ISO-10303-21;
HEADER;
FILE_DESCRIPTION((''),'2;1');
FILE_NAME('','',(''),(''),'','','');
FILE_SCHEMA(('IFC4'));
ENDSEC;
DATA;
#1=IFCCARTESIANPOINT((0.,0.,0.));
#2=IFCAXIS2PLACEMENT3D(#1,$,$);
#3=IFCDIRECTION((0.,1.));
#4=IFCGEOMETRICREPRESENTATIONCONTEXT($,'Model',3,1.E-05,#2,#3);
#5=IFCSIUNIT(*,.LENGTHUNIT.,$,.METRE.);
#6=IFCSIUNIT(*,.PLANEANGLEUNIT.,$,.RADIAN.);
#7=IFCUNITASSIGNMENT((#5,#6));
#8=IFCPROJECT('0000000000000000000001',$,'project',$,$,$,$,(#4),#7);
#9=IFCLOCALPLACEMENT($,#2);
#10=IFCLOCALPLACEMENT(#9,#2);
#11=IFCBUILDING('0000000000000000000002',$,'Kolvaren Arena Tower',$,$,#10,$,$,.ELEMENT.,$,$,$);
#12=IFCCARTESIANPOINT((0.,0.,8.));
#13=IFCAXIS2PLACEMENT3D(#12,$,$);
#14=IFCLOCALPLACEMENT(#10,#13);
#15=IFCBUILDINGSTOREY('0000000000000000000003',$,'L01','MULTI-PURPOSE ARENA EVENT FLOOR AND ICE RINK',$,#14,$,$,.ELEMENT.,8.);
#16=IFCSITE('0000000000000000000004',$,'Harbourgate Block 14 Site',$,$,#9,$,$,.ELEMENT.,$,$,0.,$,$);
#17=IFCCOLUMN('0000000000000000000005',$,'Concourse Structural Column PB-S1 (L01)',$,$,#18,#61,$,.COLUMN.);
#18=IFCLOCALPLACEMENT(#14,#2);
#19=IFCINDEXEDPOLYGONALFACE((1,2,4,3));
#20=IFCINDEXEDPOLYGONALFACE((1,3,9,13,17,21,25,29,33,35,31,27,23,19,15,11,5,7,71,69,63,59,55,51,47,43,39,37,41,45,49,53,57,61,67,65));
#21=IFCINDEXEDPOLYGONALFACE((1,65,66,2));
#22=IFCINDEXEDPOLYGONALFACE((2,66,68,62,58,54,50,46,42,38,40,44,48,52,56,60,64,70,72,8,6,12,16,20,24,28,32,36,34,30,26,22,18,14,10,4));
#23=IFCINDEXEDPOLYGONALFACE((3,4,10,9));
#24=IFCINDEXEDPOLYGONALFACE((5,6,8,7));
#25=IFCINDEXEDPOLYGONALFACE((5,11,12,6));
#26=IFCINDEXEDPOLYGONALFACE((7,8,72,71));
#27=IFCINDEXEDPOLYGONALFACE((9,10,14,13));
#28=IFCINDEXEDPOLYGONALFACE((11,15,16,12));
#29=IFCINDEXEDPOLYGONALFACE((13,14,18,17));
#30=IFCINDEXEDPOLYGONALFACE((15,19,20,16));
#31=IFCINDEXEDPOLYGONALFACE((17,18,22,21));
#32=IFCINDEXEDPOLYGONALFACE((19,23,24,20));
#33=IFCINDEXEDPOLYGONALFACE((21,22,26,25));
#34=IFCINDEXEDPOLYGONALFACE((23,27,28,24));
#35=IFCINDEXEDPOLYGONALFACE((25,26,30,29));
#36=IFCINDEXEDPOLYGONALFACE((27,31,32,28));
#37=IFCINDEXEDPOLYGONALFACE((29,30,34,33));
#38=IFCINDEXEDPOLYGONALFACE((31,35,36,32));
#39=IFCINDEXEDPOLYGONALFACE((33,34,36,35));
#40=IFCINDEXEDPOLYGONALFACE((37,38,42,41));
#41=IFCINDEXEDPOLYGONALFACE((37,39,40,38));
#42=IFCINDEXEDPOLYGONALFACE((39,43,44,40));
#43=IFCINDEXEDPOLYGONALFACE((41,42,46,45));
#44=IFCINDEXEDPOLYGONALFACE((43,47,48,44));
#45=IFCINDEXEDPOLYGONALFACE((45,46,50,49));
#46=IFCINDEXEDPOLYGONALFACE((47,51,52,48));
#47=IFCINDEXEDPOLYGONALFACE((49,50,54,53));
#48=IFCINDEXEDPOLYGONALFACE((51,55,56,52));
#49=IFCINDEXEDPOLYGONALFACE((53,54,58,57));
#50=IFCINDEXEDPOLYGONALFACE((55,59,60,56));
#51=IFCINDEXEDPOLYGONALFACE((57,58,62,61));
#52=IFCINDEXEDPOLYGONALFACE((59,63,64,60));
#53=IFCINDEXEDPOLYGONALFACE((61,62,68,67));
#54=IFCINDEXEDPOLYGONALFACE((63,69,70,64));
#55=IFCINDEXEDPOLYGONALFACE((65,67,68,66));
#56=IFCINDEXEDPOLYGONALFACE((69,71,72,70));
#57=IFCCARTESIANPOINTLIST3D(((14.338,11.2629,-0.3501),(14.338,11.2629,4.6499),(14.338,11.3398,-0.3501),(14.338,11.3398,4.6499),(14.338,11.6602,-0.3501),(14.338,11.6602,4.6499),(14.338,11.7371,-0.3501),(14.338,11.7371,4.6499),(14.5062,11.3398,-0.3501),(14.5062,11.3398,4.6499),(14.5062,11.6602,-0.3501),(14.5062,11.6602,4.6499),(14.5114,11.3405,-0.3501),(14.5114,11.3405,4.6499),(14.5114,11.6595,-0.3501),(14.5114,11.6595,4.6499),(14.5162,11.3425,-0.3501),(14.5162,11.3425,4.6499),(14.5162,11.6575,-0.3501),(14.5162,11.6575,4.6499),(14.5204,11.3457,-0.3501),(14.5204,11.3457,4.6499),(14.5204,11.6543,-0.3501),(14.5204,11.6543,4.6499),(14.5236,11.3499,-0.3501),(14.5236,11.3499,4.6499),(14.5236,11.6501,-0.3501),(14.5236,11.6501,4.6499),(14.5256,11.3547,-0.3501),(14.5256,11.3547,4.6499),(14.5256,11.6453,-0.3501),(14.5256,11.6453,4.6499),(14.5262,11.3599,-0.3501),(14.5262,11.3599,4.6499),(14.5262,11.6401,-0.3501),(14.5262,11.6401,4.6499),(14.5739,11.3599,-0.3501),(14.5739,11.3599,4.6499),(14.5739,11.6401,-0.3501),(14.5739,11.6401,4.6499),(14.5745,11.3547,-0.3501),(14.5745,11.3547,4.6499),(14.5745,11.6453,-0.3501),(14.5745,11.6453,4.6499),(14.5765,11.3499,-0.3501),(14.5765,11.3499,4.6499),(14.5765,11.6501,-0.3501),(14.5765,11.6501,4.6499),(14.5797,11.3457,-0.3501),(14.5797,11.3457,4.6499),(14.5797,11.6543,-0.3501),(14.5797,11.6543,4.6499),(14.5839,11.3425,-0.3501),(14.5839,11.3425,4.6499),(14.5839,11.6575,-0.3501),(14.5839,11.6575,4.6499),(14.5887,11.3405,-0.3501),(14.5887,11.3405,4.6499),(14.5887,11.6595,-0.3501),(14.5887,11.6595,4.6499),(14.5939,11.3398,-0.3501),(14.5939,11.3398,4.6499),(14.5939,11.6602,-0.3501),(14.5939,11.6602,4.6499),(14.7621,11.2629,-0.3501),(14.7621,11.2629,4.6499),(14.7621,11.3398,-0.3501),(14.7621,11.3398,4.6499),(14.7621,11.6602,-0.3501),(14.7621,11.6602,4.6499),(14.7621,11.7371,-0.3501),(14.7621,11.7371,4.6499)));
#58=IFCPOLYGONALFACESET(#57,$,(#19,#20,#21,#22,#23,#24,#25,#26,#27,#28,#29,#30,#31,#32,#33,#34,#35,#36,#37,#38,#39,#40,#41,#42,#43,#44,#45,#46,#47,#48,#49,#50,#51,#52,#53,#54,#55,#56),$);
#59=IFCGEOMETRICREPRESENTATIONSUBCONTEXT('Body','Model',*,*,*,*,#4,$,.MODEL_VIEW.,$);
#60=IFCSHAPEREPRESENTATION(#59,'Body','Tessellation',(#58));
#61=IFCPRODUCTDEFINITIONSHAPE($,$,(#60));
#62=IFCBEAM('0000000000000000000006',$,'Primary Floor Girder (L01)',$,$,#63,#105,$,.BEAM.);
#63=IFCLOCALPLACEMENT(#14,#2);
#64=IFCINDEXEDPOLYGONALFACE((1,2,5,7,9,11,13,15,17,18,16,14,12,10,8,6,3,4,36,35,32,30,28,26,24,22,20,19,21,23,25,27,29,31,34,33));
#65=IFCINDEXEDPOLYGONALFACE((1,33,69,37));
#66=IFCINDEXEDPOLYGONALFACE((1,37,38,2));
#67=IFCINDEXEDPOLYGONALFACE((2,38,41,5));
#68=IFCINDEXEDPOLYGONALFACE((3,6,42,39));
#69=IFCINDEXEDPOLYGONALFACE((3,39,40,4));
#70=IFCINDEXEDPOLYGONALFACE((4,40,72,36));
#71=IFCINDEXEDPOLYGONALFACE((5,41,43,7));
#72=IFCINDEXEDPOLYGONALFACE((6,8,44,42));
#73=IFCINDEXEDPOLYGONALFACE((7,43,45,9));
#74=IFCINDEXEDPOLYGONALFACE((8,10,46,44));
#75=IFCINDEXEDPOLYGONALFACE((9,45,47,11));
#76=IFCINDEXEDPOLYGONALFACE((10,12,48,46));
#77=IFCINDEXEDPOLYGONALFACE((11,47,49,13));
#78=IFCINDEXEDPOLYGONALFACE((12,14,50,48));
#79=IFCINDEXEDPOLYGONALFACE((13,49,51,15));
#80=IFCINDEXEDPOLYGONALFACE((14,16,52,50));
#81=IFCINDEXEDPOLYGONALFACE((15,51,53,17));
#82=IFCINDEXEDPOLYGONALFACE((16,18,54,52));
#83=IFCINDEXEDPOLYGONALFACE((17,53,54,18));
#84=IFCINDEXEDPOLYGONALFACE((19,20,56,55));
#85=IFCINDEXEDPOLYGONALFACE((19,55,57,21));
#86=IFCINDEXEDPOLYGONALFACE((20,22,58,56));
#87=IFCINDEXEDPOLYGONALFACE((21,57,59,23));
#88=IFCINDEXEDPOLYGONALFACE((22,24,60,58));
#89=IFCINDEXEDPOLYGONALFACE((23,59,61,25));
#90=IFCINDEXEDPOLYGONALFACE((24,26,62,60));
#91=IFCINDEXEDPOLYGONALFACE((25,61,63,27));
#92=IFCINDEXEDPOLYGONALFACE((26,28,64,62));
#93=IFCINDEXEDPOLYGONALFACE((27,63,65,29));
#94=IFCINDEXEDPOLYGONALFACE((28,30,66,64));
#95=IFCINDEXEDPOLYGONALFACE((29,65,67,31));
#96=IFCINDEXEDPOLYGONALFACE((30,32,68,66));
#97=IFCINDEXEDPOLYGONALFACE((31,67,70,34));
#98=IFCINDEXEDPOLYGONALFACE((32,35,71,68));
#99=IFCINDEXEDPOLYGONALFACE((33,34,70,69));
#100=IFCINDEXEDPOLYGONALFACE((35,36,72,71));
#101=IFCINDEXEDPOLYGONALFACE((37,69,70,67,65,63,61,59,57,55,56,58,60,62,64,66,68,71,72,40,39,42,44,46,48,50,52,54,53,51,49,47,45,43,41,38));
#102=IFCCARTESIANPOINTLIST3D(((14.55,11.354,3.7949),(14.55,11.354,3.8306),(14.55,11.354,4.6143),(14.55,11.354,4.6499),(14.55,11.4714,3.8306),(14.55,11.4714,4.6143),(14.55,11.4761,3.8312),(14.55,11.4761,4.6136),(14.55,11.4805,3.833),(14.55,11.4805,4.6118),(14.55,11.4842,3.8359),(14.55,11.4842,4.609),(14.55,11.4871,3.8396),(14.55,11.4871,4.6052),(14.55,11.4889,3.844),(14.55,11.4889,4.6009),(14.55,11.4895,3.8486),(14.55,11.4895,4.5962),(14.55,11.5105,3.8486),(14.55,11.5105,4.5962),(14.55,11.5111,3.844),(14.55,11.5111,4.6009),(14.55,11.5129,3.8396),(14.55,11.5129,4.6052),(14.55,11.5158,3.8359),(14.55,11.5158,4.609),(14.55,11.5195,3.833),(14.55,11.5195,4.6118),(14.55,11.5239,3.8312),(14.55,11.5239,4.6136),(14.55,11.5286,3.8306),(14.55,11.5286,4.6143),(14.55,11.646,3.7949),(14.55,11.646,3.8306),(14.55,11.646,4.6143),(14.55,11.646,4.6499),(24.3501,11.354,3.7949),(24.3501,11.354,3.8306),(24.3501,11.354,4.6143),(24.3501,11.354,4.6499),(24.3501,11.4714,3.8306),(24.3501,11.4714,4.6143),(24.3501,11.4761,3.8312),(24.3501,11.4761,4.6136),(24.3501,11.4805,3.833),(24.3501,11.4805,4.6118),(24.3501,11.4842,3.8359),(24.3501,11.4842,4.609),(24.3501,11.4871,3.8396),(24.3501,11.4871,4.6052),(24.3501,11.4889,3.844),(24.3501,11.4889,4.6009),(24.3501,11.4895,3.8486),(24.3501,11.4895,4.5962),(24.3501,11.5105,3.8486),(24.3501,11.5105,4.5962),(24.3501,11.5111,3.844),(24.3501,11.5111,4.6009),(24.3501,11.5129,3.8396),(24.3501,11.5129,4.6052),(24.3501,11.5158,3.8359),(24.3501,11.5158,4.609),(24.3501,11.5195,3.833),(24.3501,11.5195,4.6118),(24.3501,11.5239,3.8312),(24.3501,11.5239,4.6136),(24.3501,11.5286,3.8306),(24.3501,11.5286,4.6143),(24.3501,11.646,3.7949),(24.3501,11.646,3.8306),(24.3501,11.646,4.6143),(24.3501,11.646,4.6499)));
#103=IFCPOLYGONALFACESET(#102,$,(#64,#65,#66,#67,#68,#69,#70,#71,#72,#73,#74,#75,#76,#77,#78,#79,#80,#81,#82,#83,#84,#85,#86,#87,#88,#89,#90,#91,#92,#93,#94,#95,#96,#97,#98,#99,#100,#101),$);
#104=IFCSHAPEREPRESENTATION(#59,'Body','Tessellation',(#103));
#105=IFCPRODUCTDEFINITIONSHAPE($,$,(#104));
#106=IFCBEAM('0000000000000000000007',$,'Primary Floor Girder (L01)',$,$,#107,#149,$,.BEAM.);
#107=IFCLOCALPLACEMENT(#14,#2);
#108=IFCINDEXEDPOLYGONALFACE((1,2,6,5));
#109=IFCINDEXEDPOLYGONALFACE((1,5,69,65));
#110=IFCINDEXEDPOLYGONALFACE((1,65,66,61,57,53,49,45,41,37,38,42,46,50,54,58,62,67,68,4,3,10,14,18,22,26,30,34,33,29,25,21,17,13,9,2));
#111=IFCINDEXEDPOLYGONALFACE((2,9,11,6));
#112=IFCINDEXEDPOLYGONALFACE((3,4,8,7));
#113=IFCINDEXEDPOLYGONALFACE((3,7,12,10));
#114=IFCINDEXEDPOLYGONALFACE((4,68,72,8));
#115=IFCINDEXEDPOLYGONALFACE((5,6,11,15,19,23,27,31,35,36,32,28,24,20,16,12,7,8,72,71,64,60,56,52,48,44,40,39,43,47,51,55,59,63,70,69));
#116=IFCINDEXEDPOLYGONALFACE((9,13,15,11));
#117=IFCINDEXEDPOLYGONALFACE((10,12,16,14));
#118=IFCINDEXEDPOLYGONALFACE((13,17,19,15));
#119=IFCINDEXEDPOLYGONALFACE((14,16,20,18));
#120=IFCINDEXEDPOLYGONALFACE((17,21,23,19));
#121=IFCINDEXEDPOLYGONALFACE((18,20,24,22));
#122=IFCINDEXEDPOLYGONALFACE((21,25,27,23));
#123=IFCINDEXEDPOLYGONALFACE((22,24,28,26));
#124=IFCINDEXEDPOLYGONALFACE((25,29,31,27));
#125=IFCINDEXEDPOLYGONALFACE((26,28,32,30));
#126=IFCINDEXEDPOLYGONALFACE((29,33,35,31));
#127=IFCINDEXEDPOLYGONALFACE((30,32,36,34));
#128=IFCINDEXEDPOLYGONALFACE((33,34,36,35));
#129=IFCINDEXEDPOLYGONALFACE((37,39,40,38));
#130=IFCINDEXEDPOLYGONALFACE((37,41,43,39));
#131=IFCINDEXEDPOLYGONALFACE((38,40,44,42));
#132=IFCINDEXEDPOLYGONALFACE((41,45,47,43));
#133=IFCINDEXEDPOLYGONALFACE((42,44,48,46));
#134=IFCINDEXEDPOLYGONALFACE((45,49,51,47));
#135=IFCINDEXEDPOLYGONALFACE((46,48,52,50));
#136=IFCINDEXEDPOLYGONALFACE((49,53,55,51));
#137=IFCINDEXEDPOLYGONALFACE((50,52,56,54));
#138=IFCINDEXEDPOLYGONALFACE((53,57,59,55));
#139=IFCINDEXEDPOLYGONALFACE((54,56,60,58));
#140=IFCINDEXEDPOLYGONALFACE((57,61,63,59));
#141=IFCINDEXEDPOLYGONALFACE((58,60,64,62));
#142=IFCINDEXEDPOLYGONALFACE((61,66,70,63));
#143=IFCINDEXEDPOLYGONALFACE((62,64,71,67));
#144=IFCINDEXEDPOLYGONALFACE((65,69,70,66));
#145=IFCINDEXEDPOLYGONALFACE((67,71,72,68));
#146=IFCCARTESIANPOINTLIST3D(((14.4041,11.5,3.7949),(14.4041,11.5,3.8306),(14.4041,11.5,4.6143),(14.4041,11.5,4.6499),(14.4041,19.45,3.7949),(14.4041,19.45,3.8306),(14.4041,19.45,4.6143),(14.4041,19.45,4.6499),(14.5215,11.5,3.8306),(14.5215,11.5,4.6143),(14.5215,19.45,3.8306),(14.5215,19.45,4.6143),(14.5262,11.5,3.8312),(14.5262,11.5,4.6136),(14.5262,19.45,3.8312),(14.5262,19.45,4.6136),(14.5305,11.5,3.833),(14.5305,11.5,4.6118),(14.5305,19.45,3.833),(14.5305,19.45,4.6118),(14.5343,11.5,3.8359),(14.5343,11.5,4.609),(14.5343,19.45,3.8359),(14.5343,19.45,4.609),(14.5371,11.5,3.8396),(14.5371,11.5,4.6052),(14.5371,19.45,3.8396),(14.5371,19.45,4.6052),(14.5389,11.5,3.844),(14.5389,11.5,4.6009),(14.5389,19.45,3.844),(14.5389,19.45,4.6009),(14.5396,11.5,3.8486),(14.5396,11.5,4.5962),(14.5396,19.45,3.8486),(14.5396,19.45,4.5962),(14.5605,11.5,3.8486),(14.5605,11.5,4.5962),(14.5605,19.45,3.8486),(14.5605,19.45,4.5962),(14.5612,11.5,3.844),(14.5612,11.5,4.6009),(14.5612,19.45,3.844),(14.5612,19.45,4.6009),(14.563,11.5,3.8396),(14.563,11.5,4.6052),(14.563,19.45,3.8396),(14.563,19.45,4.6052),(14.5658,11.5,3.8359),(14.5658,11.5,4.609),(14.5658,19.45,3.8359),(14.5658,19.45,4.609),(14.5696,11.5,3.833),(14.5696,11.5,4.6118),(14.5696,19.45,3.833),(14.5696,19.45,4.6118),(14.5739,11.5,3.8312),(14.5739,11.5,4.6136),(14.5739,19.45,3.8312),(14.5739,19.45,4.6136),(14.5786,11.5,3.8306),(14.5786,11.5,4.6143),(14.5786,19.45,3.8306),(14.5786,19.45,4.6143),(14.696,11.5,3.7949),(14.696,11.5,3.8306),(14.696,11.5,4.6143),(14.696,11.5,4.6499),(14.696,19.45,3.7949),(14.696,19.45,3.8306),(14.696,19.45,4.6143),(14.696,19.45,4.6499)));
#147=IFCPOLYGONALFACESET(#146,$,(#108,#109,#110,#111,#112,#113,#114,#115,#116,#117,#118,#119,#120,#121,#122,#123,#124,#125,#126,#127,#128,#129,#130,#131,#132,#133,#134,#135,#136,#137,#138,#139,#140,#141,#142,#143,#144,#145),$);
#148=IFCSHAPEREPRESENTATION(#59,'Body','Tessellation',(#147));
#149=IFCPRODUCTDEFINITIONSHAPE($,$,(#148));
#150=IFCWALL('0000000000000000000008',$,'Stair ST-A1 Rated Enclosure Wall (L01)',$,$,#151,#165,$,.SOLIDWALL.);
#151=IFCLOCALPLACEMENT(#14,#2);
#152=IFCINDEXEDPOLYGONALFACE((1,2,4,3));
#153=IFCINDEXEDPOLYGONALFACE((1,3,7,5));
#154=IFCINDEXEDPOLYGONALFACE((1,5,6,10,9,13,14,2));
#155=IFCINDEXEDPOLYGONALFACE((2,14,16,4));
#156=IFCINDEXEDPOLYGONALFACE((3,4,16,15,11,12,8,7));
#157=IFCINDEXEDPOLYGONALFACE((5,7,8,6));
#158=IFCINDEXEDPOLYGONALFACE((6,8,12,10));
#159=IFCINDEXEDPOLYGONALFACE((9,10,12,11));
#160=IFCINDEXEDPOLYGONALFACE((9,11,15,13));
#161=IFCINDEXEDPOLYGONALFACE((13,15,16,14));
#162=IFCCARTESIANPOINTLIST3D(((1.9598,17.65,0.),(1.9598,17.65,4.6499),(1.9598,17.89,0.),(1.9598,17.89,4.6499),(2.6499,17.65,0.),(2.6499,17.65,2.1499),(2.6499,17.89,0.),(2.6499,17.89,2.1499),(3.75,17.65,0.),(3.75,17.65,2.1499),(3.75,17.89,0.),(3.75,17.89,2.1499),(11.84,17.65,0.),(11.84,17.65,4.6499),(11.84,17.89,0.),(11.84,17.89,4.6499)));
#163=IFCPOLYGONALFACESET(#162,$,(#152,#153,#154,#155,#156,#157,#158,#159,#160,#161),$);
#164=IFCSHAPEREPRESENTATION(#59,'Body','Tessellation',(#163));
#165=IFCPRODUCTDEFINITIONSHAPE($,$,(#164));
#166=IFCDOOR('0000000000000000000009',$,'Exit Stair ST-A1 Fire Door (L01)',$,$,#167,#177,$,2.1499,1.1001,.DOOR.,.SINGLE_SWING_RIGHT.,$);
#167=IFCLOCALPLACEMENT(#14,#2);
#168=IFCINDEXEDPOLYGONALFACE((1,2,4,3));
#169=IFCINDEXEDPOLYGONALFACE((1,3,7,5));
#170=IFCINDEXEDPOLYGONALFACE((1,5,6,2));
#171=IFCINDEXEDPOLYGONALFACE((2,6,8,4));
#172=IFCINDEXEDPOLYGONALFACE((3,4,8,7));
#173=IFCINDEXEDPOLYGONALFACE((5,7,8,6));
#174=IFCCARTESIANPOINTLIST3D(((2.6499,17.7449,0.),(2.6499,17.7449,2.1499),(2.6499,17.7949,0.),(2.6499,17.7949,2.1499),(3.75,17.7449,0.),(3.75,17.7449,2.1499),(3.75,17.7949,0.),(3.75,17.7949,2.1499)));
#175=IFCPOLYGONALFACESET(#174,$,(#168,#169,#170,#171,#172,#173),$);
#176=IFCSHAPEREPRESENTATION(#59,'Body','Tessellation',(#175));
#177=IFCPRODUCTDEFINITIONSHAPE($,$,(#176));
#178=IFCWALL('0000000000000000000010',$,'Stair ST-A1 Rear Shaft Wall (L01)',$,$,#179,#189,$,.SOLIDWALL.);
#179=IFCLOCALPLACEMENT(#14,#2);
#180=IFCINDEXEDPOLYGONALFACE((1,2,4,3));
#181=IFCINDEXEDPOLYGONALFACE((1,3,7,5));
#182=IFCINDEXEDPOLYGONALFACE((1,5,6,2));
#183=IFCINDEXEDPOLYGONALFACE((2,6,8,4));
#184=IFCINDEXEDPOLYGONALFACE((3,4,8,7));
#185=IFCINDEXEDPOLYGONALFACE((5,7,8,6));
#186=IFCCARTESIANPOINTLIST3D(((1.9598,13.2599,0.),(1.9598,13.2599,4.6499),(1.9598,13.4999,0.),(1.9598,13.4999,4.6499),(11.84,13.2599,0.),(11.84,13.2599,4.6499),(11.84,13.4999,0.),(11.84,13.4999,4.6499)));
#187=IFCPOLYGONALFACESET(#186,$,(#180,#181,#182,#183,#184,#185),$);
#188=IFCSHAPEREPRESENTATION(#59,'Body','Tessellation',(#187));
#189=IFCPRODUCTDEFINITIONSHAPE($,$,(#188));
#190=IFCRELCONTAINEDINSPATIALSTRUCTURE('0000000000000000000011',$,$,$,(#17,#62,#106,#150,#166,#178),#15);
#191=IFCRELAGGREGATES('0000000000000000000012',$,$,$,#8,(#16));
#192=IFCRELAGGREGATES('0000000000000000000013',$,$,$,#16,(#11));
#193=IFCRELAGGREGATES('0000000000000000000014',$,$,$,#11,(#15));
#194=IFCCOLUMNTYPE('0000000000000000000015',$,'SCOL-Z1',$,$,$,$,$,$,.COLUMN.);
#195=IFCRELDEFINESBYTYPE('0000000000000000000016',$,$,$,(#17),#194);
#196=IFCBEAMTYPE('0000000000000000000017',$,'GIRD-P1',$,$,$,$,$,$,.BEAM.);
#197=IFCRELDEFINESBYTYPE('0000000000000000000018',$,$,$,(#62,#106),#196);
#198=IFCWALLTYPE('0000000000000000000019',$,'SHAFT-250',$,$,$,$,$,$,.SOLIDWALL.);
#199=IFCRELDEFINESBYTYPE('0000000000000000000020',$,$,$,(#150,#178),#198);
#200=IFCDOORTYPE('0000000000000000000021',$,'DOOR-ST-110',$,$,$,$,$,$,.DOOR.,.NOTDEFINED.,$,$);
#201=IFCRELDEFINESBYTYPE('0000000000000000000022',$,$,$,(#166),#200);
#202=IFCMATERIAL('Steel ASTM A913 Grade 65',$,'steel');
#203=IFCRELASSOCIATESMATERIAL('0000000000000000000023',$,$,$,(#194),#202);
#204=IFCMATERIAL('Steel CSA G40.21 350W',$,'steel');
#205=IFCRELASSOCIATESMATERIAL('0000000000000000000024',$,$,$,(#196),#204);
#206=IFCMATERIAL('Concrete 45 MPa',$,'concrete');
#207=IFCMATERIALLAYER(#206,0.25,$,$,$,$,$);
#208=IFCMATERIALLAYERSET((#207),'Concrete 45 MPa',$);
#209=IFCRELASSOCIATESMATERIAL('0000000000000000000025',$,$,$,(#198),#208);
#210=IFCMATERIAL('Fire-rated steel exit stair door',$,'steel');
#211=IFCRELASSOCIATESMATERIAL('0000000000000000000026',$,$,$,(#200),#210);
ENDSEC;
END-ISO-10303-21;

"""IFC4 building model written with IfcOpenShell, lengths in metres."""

from ifc_helpers import new_model, si_unit, direction, frame, frame_2d, origin, origin_2d, place, context, subcontext, project, spatial, rectangle, i_section, extrude, material, layer, layer_set, material_profile, profile_set, type_object, element, fill, save


model = new_model("IFC4")

# Units and contexts
model_context = context("Model", 3, precision=1e-05, world=origin(), true_north=direction((0.0, 1.0)))
body_context = subcontext(model_context, "Body", "Model", "MODEL_VIEW")
ifc_project = project(units=[si_unit("LENGTHUNIT", "METRE"), si_unit("PLANEANGLEUNIT", "RADIAN")], contexts=[model_context])

# Site, building, storey
site_placement = place(None, origin())
site = spatial("IfcSite", under=ifc_project, at=site_placement, Name="Harbourgate Block 14 Site", CompositionType="ELEMENT", RefElevation=0.0)
building_placement = place(site_placement, origin())
building = spatial("IfcBuilding", under=site, at=building_placement, Name="Kolvaren Arena Tower", CompositionType="ELEMENT")
storey_placement = place(building_placement, frame((0.0, 0.0, 8.0)))
storey = spatial("IfcBuildingStorey", under=building, at=storey_placement, Name="L01", Description="MULTI-PURPOSE ARENA EVENT FLOOR AND ICE RINK", CompositionType="ELEMENT", Elevation=8.0)

# Column
ifc_material_1 = material(Name="Steel ASTM A913 Grade 65", Category="steel")
ifc_material_profile_1 = material_profile(ifc_material_1, i_section(OverallWidth=0.4241, OverallDepth=0.4741, WebThickness=0.0476, FlangeThickness=0.0769, FilletRadius=0.02, at=origin_2d()), Name="W360x634")
ifc_profile_set_1 = profile_set([ifc_material_profile_1], Name="Steel ASTM A913 Grade 65")
column_type = type_object("IfcColumnType", Name="SCOL-Z1", PredefinedType="COLUMN", material=ifc_profile_set_1)
column_placement = place(storey_placement, frame((14.55, 11.5, -0.3501), z_axis=(0.0, 0.0, 1.0), x_axis=(1.0, 0.0, 0.0)))
element("IfcColumn", 1, at=column_placement, inside=storey, type_object=column_type, Name="Concourse Structural Column PB-S1 (L01)", PredefinedType="COLUMN", context=body_context, shape_type="SweptSolid", body=[
    extrude(i_section(OverallWidth=0.4241, OverallDepth=0.4741, WebThickness=0.0476, FlangeThickness=0.0769, FilletRadius=0.02, at=origin_2d()), origin(), (0.0, 0.0, 1.0), 5.0),
])

# Beams
ifc_material_2 = material(Name="Steel CSA G40.21 350W", Category="steel")
ifc_material_profile_2 = material_profile(ifc_material_2, i_section(OverallWidth=0.292, OverallDepth=0.855, WebThickness=0.021, FlangeThickness=0.0356, FilletRadius=0.0181, at=origin_2d()), Name="W840x299")
ifc_profile_set_2 = profile_set([ifc_material_profile_2], Name="Steel CSA G40.21 350W")
beam_type = type_object("IfcBeamType", Name="GIRD-P1", PredefinedType="BEAM", material=ifc_profile_set_2)
beam_1_placement = place(storey_placement, frame((14.55, 11.5, 4.2224), z_axis=(1.0, 0.0, 0.0), x_axis=(0.0, 1.0, 0.0)))
element("IfcBeam", 2, at=beam_1_placement, inside=storey, type_object=beam_type, Name="Primary Floor Girder (L01)", PredefinedType="BEAM", context=body_context, shape_type="SweptSolid", body=[
    extrude(i_section(OverallWidth=0.292, OverallDepth=0.855, WebThickness=0.021, FlangeThickness=0.0356, FilletRadius=0.0181, at=origin_2d()), origin(), (0.0, 0.0, 1.0), 9.8),
])
beam_2_placement = place(storey_placement, frame((14.55, 11.5, 4.2224), z_axis=(0.0, 1.0, 0.0), x_axis=(-1.0, 0.0, 0.0)))
element("IfcBeam", 3, at=beam_2_placement, inside=storey, type_object=beam_type, Name="Primary Floor Girder (L01)", PredefinedType="BEAM", context=body_context, shape_type="SweptSolid", body=[
    extrude(i_section(OverallWidth=0.292, OverallDepth=0.855, WebThickness=0.021, FlangeThickness=0.0356, FilletRadius=0.0181, at=origin_2d()), origin(), (0.0, 0.0, 1.0), 7.95),
])

# Wall, opening, door
ifc_material_3 = material(Name="Concrete 45 MPa", Category="concrete")
ifc_layer = layer(ifc_material_3, 0.25)
ifc_layer_set = layer_set([ifc_layer], Name="Concrete 45 MPa")
wall_type = type_object("IfcWallType", Name="SHAFT-250", PredefinedType="SOLIDWALL", material=ifc_layer_set)
wall_1_placement = place(storey_placement, frame((1.96, 17.77, 0.0), z_axis=(0.0, 0.0, 1.0), x_axis=(1.0, 0.0, 0.0)))
wall_1 = element("IfcWall", 4, at=wall_1_placement, inside=storey, type_object=wall_type, Name="Stair ST-A1 Rated Enclosure Wall (L01)", PredefinedType="SOLIDWALL", context=body_context, shape_type="SweptSolid", body=[
    extrude(rectangle(XDim=9.8801, YDim=0.24, at=frame_2d((4.9399, 0.0))), origin(), (0.0, 0.0, 1.0), 4.6499),
])
opening_placement = place(wall_1_placement, frame((0.6899, 0.0, 0.0)))
opening = element("IfcOpeningElement", 5, at=opening_placement, cuts=wall_1, PredefinedType="OPENING", context=body_context, shape_type="SweptSolid", body=[
    extrude(rectangle(XDim=1.1001, YDim=2.1499, at=frame_2d((0.55, 1.075))), frame((0.0, 0.1299, 0.0), z_axis=(0.0, -1.0, 0.0), x_axis=(1.0, 0.0, 0.0)), (0.0, 0.0, 1.0), 0.26),
])
ifc_material_4 = material(Name="Fire-rated steel exit stair door", Category="steel")
door_type = type_object("IfcDoorType", Name="DOOR-ST-110", OperationType="NOTDEFINED", PredefinedType="DOOR", material=ifc_material_4)
door_placement = place(opening_placement, origin())
door = element("IfcDoor", 6, at=door_placement, inside=storey, type_object=door_type, Name="Exit Stair ST-A1 Fire Door (L01)", OperationType="SINGLE_SWING_RIGHT", OverallHeight=2.1499, OverallWidth=1.1001, PredefinedType="DOOR", context=body_context, shape_type="SweptSolid", body=[
    extrude(rectangle(XDim=1.1001, YDim=2.1499, at=frame_2d((0.55, 1.075))), frame((0.0, 0.0249, 0.0), z_axis=(0.0, -1.0, 0.0), x_axis=(1.0, 0.0, 0.0)), (0.0, 0.0, 1.0), 0.05),
])
fill(opening, door)

# Wall
wall_2_placement = place(storey_placement, frame((1.96, 13.3799, 0.0), z_axis=(0.0, 0.0, 1.0), x_axis=(1.0, 0.0, 0.0)))
element("IfcWall", 7, at=wall_2_placement, inside=storey, type_object=wall_type, Name="Stair ST-A1 Rear Shaft Wall (L01)", PredefinedType="SOLIDWALL", context=body_context, shape_type="SweptSolid", body=[
    extrude(rectangle(XDim=9.8801, YDim=0.24, at=frame_2d((4.9399, 0.0))), origin(), (0.0, 0.0, 1.0), 4.6499),
])

save(model, "model.ifc")
